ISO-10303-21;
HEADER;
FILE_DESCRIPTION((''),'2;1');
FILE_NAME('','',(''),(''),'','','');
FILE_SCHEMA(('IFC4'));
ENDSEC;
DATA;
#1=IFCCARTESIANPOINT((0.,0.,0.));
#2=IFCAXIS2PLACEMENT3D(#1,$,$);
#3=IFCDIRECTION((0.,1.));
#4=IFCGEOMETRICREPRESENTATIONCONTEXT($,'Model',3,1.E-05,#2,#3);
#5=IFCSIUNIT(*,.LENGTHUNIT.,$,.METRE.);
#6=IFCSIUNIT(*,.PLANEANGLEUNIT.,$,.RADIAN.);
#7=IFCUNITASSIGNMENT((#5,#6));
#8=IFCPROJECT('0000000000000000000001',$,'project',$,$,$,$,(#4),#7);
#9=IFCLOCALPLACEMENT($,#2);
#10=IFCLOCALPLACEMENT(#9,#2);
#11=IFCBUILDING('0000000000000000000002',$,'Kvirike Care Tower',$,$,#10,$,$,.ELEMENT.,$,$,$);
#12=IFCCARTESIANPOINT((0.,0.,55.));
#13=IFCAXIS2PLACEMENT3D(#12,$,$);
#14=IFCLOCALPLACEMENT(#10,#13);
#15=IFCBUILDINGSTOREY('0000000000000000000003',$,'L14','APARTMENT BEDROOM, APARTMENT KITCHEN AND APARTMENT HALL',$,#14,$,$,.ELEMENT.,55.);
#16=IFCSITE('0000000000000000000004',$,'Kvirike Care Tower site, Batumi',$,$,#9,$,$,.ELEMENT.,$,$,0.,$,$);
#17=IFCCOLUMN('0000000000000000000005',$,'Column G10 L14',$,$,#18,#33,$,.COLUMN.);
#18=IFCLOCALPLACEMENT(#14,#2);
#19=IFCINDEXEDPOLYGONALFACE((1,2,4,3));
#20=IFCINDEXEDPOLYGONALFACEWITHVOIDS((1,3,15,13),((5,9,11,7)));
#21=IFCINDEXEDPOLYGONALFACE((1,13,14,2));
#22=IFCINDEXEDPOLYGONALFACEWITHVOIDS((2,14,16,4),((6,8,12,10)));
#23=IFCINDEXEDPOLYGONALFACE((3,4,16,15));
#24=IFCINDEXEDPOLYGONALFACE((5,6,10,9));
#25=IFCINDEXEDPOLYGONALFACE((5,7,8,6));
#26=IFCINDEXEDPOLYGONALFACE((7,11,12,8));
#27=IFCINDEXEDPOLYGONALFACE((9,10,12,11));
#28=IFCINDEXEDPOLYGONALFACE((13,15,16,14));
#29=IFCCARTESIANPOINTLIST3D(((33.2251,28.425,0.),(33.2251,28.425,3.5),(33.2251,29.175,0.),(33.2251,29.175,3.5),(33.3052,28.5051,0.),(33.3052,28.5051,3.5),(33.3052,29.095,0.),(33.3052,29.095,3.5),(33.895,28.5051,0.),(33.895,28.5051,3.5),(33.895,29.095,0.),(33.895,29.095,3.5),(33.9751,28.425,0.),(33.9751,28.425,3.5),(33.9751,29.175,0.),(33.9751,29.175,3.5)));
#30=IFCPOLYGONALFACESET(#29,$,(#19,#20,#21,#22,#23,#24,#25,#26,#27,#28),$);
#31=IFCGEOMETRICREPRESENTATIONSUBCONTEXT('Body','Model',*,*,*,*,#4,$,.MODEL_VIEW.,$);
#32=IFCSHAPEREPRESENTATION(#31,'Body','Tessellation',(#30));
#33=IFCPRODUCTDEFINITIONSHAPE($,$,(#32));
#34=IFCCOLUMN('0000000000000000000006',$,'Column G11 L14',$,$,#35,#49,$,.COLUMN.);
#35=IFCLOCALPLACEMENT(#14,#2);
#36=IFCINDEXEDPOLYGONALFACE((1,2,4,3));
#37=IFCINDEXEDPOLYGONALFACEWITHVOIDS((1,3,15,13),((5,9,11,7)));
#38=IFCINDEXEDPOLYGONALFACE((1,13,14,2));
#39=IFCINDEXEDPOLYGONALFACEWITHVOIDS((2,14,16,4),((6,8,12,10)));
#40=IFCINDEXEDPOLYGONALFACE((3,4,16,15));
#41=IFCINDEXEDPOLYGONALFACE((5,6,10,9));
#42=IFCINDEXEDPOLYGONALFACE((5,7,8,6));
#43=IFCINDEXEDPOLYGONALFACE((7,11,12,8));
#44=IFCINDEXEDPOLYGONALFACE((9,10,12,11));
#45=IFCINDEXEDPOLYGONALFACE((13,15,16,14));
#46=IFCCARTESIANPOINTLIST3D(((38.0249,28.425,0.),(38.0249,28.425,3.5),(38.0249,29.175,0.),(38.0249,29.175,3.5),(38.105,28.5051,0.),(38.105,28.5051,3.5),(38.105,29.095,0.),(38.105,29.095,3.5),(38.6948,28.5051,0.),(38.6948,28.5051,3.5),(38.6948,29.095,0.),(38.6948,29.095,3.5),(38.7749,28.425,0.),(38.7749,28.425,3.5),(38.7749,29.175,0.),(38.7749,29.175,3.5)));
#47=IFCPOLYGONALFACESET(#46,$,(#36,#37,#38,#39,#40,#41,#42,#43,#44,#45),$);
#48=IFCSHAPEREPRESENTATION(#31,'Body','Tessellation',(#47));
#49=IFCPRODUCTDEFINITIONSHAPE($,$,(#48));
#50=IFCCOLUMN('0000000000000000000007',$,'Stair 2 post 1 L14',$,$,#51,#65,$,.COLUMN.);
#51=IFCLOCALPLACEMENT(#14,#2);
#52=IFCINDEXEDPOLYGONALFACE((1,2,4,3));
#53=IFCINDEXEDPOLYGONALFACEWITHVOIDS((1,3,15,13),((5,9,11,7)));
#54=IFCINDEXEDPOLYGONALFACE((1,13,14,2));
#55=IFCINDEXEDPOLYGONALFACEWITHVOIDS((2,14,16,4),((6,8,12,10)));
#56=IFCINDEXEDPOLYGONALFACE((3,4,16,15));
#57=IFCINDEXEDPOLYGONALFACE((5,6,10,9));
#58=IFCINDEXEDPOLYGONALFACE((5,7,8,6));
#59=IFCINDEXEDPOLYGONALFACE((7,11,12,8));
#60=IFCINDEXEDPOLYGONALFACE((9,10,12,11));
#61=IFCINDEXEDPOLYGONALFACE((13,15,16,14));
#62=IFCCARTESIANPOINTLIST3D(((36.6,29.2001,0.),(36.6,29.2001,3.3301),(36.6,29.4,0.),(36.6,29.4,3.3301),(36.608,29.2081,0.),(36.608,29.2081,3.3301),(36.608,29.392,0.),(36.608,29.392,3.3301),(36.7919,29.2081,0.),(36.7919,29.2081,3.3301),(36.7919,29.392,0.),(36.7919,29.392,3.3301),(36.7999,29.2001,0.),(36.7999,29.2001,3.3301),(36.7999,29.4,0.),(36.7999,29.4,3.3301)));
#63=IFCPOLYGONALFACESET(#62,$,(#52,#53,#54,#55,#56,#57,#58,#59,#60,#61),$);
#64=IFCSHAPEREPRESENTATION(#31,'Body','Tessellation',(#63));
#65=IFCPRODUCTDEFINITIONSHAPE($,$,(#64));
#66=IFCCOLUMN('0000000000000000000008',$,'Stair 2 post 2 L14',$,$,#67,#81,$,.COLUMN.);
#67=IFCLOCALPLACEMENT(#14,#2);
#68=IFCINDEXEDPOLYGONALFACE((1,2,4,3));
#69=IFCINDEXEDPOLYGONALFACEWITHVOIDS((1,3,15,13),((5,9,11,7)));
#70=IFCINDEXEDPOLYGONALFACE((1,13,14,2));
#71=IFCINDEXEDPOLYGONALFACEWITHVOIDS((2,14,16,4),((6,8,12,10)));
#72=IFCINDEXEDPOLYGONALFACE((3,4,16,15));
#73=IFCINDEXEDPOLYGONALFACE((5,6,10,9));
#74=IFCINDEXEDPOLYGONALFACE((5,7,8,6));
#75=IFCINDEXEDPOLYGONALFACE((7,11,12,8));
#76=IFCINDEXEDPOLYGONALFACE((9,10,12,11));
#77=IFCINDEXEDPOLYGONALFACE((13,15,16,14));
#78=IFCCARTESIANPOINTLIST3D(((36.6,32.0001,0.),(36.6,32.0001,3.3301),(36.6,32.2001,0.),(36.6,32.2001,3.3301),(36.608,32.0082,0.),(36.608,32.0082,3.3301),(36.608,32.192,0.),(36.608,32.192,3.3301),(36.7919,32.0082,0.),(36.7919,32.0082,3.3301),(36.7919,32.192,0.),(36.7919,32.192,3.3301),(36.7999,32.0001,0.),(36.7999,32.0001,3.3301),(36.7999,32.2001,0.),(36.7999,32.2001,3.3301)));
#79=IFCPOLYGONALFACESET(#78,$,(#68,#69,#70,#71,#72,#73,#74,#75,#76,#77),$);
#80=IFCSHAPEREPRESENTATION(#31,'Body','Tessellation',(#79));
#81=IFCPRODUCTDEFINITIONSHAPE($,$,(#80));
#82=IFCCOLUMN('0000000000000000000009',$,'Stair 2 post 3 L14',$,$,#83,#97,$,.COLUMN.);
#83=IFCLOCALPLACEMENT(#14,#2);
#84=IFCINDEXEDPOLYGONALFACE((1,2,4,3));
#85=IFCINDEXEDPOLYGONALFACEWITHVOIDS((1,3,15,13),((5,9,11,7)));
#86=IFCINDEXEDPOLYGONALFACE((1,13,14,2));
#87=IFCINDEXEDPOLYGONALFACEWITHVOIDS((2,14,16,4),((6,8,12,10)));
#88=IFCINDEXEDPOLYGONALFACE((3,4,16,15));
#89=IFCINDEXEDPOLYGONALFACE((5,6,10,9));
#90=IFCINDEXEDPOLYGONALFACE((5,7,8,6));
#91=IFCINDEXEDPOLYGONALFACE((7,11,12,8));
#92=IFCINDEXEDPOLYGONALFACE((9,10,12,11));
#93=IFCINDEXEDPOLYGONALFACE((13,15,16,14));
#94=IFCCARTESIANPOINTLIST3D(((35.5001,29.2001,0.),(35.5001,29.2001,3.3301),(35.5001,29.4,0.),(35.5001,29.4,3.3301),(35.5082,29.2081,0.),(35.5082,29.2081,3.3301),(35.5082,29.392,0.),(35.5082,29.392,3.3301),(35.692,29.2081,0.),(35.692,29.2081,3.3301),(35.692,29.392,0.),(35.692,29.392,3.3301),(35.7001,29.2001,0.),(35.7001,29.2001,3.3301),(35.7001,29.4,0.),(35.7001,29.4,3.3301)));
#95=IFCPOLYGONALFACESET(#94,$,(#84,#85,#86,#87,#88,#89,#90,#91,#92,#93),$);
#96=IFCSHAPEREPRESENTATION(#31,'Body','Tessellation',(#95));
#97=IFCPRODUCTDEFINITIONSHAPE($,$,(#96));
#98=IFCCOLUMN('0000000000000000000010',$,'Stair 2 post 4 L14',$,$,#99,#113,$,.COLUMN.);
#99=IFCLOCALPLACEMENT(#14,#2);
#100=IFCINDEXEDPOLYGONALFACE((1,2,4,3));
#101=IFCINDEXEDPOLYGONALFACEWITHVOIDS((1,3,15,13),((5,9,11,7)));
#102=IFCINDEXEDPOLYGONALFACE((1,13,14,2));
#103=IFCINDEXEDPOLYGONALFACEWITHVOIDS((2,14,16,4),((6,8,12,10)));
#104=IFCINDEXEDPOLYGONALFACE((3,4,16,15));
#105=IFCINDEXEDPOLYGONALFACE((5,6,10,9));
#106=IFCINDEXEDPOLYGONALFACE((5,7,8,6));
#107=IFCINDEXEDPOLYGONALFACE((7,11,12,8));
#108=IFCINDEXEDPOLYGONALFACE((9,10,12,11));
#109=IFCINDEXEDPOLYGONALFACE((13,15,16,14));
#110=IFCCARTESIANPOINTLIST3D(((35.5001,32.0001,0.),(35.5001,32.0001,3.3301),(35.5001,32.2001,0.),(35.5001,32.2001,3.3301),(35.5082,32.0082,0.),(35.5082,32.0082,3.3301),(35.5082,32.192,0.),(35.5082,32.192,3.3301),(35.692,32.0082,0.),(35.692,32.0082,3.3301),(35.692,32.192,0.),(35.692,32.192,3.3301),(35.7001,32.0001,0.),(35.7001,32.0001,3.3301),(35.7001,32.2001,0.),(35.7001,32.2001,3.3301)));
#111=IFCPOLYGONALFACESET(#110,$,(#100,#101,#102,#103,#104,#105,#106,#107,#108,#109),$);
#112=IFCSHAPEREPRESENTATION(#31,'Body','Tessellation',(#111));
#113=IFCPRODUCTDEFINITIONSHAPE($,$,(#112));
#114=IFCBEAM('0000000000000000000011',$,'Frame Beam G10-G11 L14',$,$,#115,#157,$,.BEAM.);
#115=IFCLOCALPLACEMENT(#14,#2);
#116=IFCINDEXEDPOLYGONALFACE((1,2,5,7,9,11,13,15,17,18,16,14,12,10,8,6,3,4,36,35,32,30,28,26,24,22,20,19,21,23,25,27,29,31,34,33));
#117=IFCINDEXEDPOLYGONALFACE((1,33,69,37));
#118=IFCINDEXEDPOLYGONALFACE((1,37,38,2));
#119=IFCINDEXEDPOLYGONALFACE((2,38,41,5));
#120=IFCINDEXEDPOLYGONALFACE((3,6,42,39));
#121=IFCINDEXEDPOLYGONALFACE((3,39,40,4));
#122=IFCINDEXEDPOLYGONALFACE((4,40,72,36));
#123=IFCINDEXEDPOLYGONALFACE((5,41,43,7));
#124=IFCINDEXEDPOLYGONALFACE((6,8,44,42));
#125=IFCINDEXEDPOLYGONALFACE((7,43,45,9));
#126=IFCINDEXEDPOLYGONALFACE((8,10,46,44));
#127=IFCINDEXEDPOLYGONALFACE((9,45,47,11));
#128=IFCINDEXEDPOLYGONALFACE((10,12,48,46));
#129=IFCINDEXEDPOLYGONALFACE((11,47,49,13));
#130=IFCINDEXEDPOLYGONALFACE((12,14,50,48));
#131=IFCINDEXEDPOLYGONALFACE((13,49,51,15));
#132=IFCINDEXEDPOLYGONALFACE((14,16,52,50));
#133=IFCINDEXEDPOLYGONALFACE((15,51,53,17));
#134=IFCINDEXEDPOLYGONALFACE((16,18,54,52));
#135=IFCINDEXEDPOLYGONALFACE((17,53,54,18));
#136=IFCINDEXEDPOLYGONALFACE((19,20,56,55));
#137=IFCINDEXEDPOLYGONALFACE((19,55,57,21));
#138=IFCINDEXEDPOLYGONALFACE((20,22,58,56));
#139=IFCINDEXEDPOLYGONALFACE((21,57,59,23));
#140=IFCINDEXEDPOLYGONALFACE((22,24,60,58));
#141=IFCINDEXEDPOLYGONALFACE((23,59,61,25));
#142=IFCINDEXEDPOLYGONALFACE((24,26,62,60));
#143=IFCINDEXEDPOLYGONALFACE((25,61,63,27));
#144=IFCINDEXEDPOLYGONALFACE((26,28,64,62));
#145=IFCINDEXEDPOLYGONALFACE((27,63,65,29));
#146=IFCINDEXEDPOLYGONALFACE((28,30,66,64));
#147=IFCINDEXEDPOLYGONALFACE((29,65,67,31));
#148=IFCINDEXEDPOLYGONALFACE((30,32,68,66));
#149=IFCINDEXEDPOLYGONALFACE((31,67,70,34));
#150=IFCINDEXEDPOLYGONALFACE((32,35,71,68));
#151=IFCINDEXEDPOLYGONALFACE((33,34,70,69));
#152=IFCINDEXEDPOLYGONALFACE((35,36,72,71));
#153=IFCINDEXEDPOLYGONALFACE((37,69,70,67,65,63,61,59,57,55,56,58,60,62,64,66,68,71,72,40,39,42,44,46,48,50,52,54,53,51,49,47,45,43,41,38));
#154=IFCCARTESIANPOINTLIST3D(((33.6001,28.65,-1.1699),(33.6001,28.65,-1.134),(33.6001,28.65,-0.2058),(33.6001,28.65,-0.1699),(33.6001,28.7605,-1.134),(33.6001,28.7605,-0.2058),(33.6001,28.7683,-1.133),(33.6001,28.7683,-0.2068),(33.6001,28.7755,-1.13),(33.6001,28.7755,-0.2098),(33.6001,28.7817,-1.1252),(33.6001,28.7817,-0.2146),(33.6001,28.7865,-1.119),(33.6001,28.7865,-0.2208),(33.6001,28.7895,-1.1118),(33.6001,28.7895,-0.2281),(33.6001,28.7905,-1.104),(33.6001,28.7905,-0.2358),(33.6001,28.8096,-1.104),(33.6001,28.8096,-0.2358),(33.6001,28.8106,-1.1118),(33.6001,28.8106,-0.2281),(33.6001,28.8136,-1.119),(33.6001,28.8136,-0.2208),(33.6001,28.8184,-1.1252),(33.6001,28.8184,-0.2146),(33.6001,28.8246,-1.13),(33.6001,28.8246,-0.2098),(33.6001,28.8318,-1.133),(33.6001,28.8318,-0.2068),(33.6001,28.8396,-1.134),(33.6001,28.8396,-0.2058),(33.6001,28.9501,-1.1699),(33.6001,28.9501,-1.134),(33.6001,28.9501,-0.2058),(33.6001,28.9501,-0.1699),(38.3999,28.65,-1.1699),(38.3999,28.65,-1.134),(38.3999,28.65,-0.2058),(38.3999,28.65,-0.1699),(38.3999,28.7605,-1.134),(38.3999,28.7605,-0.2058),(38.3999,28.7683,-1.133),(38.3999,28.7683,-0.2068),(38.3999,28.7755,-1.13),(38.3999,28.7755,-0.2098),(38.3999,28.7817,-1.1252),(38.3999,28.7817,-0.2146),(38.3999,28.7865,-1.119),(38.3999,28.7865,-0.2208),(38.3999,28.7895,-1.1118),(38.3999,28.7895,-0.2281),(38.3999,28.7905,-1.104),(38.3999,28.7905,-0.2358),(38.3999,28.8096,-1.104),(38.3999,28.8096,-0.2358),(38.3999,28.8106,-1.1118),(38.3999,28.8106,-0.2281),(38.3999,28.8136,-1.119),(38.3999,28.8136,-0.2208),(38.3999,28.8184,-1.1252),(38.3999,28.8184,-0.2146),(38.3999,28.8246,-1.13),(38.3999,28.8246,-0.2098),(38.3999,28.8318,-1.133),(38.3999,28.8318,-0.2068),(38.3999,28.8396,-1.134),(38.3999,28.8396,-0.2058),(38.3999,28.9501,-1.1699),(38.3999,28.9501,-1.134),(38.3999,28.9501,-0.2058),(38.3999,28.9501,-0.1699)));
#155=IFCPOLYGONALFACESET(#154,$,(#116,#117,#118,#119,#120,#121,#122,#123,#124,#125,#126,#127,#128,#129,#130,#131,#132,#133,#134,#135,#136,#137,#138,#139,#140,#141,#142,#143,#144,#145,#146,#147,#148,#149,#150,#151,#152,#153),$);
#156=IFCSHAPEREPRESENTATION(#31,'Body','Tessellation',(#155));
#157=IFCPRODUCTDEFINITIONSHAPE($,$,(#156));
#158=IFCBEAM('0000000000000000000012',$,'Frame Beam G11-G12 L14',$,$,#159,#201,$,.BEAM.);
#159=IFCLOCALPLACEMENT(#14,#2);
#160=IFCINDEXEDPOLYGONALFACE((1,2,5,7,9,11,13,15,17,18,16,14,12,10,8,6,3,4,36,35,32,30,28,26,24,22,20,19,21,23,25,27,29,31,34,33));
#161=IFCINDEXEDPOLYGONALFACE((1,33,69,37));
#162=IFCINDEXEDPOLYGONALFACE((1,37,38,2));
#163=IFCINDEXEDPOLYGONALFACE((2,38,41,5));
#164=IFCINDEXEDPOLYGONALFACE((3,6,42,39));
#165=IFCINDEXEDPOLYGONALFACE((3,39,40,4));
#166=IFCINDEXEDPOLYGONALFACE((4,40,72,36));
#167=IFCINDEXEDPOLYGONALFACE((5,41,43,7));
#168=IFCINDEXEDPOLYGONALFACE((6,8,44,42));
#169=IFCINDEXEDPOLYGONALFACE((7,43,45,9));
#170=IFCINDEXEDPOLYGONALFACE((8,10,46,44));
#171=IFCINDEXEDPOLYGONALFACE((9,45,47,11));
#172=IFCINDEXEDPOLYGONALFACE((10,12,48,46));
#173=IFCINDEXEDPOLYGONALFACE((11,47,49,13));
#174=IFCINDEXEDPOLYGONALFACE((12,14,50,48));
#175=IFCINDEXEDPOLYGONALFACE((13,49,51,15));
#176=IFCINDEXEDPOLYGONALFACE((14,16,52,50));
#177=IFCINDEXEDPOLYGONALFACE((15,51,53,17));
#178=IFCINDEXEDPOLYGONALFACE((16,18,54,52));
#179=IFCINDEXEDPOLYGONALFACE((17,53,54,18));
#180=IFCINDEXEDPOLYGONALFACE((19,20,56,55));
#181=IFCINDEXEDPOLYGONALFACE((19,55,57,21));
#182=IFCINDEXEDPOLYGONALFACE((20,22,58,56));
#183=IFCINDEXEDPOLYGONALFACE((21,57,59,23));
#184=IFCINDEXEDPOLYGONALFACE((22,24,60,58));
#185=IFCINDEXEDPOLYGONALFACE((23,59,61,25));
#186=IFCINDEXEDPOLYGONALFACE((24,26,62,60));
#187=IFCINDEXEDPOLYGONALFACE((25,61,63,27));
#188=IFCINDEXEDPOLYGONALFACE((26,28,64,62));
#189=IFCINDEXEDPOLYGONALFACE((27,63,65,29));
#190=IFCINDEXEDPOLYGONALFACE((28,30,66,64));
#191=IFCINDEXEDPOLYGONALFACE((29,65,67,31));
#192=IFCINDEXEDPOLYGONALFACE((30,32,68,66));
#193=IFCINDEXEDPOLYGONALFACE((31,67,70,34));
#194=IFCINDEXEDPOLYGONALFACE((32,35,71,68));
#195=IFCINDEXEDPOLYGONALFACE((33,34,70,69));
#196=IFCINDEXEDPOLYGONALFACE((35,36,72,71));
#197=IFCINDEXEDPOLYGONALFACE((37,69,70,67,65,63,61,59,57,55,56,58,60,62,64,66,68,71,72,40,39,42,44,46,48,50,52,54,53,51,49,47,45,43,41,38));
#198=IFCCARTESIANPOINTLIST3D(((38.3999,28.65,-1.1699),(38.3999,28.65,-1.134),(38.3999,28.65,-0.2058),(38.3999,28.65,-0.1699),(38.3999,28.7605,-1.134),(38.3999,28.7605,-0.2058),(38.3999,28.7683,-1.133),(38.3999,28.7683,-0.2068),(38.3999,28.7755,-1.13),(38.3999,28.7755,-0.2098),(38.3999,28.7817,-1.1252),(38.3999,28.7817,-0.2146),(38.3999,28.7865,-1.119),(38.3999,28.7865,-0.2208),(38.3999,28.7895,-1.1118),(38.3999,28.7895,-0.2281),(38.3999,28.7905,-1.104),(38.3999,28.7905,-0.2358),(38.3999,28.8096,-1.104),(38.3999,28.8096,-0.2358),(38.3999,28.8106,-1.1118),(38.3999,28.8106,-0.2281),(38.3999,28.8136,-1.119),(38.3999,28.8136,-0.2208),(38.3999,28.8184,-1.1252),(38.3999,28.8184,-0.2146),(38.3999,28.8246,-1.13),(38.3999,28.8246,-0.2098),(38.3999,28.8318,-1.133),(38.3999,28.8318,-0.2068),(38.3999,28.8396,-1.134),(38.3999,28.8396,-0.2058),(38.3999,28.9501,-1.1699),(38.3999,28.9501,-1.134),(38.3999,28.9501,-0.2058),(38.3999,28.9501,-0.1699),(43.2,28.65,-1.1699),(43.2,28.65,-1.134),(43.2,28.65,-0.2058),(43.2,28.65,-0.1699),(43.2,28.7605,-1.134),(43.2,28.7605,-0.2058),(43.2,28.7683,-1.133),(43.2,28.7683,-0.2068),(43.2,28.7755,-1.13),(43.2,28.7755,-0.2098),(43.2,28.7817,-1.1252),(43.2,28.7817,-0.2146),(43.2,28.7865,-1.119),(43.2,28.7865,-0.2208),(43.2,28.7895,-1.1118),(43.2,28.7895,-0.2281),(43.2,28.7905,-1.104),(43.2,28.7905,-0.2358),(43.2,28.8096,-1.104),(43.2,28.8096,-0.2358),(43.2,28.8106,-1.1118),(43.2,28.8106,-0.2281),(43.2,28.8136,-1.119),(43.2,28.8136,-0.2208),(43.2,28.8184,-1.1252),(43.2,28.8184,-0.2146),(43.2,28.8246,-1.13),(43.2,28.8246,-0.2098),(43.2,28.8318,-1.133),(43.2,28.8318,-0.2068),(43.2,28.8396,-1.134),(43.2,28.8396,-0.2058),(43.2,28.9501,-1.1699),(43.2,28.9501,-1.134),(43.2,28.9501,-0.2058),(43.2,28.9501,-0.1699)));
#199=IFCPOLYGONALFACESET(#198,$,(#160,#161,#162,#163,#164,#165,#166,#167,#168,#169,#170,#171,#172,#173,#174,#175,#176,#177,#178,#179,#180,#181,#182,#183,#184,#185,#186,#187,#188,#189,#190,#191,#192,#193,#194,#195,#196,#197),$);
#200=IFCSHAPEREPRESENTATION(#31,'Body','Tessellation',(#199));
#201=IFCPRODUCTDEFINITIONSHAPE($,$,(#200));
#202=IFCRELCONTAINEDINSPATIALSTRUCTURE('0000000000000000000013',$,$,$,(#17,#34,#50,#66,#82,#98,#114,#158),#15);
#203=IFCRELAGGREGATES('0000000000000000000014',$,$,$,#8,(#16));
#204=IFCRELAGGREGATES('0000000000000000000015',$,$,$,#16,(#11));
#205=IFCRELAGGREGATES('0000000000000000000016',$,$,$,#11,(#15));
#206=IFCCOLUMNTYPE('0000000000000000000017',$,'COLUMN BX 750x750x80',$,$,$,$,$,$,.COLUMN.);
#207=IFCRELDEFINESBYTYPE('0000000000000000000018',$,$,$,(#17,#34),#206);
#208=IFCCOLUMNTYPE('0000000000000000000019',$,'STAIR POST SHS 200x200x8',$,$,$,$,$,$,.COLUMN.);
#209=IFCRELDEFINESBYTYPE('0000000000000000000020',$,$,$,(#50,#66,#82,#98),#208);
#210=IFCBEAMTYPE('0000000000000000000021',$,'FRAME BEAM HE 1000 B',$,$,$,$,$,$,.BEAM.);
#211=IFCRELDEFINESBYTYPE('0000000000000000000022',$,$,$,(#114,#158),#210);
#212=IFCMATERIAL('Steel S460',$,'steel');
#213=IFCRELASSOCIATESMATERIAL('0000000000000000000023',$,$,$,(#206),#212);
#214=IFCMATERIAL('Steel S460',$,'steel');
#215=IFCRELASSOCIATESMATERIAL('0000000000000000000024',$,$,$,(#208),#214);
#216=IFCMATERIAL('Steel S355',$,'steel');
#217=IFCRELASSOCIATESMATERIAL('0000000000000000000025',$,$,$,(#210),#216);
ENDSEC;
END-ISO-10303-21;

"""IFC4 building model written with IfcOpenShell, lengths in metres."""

from ifc_helpers import new_model, si_unit, direction, frame, origin, origin_2d, place, context, subcontext, project, spatial, hollow_rectangle, i_section, extrude, material, material_profile, profile_set, type_object, element, save


model = new_model("IFC4")

# Units and contexts
model_context = context("Model", 3, precision=1e-05, world=origin(), true_north=direction((0.0, 1.0)))
body_context = subcontext(model_context, "Body", "Model", "MODEL_VIEW")
ifc_project = project(units=[si_unit("LENGTHUNIT", "METRE"), si_unit("PLANEANGLEUNIT", "RADIAN")], contexts=[model_context])

# Site, building, storey
site_placement = place(None, origin())
site = spatial("IfcSite", under=ifc_project, at=site_placement, Name="Kvirike Care Tower site, Batumi", CompositionType="ELEMENT", RefElevation=0.0)
building_placement = place(site_placement, origin())
building = spatial("IfcBuilding", under=site, at=building_placement, Name="Kvirike Care Tower", CompositionType="ELEMENT")
storey_placement = place(building_placement, frame((0.0, 0.0, 55.0)))
storey = spatial("IfcBuildingStorey", under=building, at=storey_placement, Name="L14", Description="APARTMENT BEDROOM, APARTMENT KITCHEN AND APARTMENT HALL", CompositionType="ELEMENT", Elevation=55.0)

# Columns
ifc_material_1 = material(Name="Steel S460", Category="steel")
ifc_material_profile_1 = material_profile(ifc_material_1, hollow_rectangle(XDim=0.75, YDim=0.75, WallThickness=0.0801, at=origin_2d()), Name="BX 750x750x80")
ifc_profile_set_1 = profile_set([ifc_material_profile_1], Name="Steel S460")
column_type_1 = type_object("IfcColumnType", Name="COLUMN BX 750x750x80", PredefinedType="COLUMN", material=ifc_profile_set_1)
for number, where, z_axis, x_axis, name in (
    (1, (33.6001, 28.8, 0.0), (0.0, 0.0, 1.0), (0.0, 1.0, 0.0), "Column G10 L14"),
    (2, (38.3999, 28.8, 0.0), (0.0, 0.0, 1.0), (0.0, 1.0, 0.0), "Column G11 L14"),
):
    element("IfcColumn", number, at=place(storey_placement, frame(where, z_axis=z_axis, x_axis=x_axis)), inside=storey, type_object=column_type_1, Name=name, PredefinedType="COLUMN", context=body_context, shape_type="SweptSolid", body=[
        extrude(hollow_rectangle(XDim=0.75, YDim=0.75, WallThickness=0.0801, at=origin_2d()), origin(), (0.0, 0.0, 1.0), 3.5),
    ])
ifc_material_2 = material(Name="Steel S460", Category="steel")
ifc_material_profile_2 = material_profile(ifc_material_2, hollow_rectangle(XDim=0.2, YDim=0.2, WallThickness=0.0081, at=origin_2d()), Name="SHS 200x200x8")
ifc_profile_set_2 = profile_set([ifc_material_profile_2], Name="Steel S460")
column_type_2 = type_object("IfcColumnType", Name="STAIR POST SHS 200x200x8", PredefinedType="COLUMN", material=ifc_profile_set_2)
for number, where, z_axis, x_axis, name in (
    (3, (36.7, 29.3, 0.0), (0.0, 0.0, 1.0), (1.0, 0.0, 0.0), "Stair 2 post 1 L14"),
    (4, (36.7, 32.1001, 0.0), (0.0, 0.0, 1.0), (1.0, 0.0, 0.0), "Stair 2 post 2 L14"),
    (5, (35.6001, 29.3, 0.0), (0.0, 0.0, 1.0), (1.0, 0.0, 0.0), "Stair 2 post 3 L14"),
    (6, (35.6001, 32.1001, 0.0), (0.0, 0.0, 1.0), (1.0, 0.0, 0.0), "Stair 2 post 4 L14"),
):
    element("IfcColumn", number, at=place(storey_placement, frame(where, z_axis=z_axis, x_axis=x_axis)), inside=storey, type_object=column_type_2, Name=name, PredefinedType="COLUMN", context=body_context, shape_type="SweptSolid", body=[
        extrude(hollow_rectangle(XDim=0.2, YDim=0.2, WallThickness=0.0081, at=origin_2d()), origin(), (0.0, 0.0, 1.0), 3.3301),
    ])

# Beams
ifc_material_3 = material(Name="Steel S355", Category="steel")
ifc_material_profile_3 = material_profile(ifc_material_3, i_section(OverallWidth=0.3, OverallDepth=1.0, WebThickness=0.019, FlangeThickness=0.0359, FilletRadius=0.03, at=origin_2d()), Name="HE 1000 B")
ifc_profile_set_3 = profile_set([ifc_material_profile_3], Name="Steel S355")
beam_type_1 = type_object("IfcBeamType", Name="FRAME BEAM HE 1000 B", PredefinedType="BEAM", material=ifc_profile_set_3)
beam_1_placement = place(storey_placement, frame((33.6001, 28.8, -0.6699), z_axis=(1.0, 0.0, 0.0), x_axis=(0.0, 1.0, 0.0)))
element("IfcBeam", 7, at=beam_1_placement, inside=storey, type_object=beam_type_1, Name="Frame Beam G10-G11 L14", PredefinedType="BEAM", context=body_context, shape_type="SweptSolid", body=[
    extrude(i_section(OverallWidth=0.3, OverallDepth=1.0, WebThickness=0.019, FlangeThickness=0.0359, FilletRadius=0.03, at=origin_2d()), origin(), (0.0, 0.0, 1.0), 4.7998),
])
beam_2_placement = place(storey_placement, frame((38.3999, 28.8, -0.6699), z_axis=(1.0, 0.0, 0.0), x_axis=(0.0, 1.0, 0.0)))
element("IfcBeam", 8, at=beam_2_placement, inside=storey, type_object=beam_type_1, Name="Frame Beam G11-G12 L14", PredefinedType="BEAM", context=body_context, shape_type="SweptSolid", body=[
    extrude(i_section(OverallWidth=0.3, OverallDepth=1.0, WebThickness=0.019, FlangeThickness=0.0359, FilletRadius=0.03, at=origin_2d()), origin(), (0.0, 0.0, 1.0), 4.8),
])

save(model, "model.ifc")
